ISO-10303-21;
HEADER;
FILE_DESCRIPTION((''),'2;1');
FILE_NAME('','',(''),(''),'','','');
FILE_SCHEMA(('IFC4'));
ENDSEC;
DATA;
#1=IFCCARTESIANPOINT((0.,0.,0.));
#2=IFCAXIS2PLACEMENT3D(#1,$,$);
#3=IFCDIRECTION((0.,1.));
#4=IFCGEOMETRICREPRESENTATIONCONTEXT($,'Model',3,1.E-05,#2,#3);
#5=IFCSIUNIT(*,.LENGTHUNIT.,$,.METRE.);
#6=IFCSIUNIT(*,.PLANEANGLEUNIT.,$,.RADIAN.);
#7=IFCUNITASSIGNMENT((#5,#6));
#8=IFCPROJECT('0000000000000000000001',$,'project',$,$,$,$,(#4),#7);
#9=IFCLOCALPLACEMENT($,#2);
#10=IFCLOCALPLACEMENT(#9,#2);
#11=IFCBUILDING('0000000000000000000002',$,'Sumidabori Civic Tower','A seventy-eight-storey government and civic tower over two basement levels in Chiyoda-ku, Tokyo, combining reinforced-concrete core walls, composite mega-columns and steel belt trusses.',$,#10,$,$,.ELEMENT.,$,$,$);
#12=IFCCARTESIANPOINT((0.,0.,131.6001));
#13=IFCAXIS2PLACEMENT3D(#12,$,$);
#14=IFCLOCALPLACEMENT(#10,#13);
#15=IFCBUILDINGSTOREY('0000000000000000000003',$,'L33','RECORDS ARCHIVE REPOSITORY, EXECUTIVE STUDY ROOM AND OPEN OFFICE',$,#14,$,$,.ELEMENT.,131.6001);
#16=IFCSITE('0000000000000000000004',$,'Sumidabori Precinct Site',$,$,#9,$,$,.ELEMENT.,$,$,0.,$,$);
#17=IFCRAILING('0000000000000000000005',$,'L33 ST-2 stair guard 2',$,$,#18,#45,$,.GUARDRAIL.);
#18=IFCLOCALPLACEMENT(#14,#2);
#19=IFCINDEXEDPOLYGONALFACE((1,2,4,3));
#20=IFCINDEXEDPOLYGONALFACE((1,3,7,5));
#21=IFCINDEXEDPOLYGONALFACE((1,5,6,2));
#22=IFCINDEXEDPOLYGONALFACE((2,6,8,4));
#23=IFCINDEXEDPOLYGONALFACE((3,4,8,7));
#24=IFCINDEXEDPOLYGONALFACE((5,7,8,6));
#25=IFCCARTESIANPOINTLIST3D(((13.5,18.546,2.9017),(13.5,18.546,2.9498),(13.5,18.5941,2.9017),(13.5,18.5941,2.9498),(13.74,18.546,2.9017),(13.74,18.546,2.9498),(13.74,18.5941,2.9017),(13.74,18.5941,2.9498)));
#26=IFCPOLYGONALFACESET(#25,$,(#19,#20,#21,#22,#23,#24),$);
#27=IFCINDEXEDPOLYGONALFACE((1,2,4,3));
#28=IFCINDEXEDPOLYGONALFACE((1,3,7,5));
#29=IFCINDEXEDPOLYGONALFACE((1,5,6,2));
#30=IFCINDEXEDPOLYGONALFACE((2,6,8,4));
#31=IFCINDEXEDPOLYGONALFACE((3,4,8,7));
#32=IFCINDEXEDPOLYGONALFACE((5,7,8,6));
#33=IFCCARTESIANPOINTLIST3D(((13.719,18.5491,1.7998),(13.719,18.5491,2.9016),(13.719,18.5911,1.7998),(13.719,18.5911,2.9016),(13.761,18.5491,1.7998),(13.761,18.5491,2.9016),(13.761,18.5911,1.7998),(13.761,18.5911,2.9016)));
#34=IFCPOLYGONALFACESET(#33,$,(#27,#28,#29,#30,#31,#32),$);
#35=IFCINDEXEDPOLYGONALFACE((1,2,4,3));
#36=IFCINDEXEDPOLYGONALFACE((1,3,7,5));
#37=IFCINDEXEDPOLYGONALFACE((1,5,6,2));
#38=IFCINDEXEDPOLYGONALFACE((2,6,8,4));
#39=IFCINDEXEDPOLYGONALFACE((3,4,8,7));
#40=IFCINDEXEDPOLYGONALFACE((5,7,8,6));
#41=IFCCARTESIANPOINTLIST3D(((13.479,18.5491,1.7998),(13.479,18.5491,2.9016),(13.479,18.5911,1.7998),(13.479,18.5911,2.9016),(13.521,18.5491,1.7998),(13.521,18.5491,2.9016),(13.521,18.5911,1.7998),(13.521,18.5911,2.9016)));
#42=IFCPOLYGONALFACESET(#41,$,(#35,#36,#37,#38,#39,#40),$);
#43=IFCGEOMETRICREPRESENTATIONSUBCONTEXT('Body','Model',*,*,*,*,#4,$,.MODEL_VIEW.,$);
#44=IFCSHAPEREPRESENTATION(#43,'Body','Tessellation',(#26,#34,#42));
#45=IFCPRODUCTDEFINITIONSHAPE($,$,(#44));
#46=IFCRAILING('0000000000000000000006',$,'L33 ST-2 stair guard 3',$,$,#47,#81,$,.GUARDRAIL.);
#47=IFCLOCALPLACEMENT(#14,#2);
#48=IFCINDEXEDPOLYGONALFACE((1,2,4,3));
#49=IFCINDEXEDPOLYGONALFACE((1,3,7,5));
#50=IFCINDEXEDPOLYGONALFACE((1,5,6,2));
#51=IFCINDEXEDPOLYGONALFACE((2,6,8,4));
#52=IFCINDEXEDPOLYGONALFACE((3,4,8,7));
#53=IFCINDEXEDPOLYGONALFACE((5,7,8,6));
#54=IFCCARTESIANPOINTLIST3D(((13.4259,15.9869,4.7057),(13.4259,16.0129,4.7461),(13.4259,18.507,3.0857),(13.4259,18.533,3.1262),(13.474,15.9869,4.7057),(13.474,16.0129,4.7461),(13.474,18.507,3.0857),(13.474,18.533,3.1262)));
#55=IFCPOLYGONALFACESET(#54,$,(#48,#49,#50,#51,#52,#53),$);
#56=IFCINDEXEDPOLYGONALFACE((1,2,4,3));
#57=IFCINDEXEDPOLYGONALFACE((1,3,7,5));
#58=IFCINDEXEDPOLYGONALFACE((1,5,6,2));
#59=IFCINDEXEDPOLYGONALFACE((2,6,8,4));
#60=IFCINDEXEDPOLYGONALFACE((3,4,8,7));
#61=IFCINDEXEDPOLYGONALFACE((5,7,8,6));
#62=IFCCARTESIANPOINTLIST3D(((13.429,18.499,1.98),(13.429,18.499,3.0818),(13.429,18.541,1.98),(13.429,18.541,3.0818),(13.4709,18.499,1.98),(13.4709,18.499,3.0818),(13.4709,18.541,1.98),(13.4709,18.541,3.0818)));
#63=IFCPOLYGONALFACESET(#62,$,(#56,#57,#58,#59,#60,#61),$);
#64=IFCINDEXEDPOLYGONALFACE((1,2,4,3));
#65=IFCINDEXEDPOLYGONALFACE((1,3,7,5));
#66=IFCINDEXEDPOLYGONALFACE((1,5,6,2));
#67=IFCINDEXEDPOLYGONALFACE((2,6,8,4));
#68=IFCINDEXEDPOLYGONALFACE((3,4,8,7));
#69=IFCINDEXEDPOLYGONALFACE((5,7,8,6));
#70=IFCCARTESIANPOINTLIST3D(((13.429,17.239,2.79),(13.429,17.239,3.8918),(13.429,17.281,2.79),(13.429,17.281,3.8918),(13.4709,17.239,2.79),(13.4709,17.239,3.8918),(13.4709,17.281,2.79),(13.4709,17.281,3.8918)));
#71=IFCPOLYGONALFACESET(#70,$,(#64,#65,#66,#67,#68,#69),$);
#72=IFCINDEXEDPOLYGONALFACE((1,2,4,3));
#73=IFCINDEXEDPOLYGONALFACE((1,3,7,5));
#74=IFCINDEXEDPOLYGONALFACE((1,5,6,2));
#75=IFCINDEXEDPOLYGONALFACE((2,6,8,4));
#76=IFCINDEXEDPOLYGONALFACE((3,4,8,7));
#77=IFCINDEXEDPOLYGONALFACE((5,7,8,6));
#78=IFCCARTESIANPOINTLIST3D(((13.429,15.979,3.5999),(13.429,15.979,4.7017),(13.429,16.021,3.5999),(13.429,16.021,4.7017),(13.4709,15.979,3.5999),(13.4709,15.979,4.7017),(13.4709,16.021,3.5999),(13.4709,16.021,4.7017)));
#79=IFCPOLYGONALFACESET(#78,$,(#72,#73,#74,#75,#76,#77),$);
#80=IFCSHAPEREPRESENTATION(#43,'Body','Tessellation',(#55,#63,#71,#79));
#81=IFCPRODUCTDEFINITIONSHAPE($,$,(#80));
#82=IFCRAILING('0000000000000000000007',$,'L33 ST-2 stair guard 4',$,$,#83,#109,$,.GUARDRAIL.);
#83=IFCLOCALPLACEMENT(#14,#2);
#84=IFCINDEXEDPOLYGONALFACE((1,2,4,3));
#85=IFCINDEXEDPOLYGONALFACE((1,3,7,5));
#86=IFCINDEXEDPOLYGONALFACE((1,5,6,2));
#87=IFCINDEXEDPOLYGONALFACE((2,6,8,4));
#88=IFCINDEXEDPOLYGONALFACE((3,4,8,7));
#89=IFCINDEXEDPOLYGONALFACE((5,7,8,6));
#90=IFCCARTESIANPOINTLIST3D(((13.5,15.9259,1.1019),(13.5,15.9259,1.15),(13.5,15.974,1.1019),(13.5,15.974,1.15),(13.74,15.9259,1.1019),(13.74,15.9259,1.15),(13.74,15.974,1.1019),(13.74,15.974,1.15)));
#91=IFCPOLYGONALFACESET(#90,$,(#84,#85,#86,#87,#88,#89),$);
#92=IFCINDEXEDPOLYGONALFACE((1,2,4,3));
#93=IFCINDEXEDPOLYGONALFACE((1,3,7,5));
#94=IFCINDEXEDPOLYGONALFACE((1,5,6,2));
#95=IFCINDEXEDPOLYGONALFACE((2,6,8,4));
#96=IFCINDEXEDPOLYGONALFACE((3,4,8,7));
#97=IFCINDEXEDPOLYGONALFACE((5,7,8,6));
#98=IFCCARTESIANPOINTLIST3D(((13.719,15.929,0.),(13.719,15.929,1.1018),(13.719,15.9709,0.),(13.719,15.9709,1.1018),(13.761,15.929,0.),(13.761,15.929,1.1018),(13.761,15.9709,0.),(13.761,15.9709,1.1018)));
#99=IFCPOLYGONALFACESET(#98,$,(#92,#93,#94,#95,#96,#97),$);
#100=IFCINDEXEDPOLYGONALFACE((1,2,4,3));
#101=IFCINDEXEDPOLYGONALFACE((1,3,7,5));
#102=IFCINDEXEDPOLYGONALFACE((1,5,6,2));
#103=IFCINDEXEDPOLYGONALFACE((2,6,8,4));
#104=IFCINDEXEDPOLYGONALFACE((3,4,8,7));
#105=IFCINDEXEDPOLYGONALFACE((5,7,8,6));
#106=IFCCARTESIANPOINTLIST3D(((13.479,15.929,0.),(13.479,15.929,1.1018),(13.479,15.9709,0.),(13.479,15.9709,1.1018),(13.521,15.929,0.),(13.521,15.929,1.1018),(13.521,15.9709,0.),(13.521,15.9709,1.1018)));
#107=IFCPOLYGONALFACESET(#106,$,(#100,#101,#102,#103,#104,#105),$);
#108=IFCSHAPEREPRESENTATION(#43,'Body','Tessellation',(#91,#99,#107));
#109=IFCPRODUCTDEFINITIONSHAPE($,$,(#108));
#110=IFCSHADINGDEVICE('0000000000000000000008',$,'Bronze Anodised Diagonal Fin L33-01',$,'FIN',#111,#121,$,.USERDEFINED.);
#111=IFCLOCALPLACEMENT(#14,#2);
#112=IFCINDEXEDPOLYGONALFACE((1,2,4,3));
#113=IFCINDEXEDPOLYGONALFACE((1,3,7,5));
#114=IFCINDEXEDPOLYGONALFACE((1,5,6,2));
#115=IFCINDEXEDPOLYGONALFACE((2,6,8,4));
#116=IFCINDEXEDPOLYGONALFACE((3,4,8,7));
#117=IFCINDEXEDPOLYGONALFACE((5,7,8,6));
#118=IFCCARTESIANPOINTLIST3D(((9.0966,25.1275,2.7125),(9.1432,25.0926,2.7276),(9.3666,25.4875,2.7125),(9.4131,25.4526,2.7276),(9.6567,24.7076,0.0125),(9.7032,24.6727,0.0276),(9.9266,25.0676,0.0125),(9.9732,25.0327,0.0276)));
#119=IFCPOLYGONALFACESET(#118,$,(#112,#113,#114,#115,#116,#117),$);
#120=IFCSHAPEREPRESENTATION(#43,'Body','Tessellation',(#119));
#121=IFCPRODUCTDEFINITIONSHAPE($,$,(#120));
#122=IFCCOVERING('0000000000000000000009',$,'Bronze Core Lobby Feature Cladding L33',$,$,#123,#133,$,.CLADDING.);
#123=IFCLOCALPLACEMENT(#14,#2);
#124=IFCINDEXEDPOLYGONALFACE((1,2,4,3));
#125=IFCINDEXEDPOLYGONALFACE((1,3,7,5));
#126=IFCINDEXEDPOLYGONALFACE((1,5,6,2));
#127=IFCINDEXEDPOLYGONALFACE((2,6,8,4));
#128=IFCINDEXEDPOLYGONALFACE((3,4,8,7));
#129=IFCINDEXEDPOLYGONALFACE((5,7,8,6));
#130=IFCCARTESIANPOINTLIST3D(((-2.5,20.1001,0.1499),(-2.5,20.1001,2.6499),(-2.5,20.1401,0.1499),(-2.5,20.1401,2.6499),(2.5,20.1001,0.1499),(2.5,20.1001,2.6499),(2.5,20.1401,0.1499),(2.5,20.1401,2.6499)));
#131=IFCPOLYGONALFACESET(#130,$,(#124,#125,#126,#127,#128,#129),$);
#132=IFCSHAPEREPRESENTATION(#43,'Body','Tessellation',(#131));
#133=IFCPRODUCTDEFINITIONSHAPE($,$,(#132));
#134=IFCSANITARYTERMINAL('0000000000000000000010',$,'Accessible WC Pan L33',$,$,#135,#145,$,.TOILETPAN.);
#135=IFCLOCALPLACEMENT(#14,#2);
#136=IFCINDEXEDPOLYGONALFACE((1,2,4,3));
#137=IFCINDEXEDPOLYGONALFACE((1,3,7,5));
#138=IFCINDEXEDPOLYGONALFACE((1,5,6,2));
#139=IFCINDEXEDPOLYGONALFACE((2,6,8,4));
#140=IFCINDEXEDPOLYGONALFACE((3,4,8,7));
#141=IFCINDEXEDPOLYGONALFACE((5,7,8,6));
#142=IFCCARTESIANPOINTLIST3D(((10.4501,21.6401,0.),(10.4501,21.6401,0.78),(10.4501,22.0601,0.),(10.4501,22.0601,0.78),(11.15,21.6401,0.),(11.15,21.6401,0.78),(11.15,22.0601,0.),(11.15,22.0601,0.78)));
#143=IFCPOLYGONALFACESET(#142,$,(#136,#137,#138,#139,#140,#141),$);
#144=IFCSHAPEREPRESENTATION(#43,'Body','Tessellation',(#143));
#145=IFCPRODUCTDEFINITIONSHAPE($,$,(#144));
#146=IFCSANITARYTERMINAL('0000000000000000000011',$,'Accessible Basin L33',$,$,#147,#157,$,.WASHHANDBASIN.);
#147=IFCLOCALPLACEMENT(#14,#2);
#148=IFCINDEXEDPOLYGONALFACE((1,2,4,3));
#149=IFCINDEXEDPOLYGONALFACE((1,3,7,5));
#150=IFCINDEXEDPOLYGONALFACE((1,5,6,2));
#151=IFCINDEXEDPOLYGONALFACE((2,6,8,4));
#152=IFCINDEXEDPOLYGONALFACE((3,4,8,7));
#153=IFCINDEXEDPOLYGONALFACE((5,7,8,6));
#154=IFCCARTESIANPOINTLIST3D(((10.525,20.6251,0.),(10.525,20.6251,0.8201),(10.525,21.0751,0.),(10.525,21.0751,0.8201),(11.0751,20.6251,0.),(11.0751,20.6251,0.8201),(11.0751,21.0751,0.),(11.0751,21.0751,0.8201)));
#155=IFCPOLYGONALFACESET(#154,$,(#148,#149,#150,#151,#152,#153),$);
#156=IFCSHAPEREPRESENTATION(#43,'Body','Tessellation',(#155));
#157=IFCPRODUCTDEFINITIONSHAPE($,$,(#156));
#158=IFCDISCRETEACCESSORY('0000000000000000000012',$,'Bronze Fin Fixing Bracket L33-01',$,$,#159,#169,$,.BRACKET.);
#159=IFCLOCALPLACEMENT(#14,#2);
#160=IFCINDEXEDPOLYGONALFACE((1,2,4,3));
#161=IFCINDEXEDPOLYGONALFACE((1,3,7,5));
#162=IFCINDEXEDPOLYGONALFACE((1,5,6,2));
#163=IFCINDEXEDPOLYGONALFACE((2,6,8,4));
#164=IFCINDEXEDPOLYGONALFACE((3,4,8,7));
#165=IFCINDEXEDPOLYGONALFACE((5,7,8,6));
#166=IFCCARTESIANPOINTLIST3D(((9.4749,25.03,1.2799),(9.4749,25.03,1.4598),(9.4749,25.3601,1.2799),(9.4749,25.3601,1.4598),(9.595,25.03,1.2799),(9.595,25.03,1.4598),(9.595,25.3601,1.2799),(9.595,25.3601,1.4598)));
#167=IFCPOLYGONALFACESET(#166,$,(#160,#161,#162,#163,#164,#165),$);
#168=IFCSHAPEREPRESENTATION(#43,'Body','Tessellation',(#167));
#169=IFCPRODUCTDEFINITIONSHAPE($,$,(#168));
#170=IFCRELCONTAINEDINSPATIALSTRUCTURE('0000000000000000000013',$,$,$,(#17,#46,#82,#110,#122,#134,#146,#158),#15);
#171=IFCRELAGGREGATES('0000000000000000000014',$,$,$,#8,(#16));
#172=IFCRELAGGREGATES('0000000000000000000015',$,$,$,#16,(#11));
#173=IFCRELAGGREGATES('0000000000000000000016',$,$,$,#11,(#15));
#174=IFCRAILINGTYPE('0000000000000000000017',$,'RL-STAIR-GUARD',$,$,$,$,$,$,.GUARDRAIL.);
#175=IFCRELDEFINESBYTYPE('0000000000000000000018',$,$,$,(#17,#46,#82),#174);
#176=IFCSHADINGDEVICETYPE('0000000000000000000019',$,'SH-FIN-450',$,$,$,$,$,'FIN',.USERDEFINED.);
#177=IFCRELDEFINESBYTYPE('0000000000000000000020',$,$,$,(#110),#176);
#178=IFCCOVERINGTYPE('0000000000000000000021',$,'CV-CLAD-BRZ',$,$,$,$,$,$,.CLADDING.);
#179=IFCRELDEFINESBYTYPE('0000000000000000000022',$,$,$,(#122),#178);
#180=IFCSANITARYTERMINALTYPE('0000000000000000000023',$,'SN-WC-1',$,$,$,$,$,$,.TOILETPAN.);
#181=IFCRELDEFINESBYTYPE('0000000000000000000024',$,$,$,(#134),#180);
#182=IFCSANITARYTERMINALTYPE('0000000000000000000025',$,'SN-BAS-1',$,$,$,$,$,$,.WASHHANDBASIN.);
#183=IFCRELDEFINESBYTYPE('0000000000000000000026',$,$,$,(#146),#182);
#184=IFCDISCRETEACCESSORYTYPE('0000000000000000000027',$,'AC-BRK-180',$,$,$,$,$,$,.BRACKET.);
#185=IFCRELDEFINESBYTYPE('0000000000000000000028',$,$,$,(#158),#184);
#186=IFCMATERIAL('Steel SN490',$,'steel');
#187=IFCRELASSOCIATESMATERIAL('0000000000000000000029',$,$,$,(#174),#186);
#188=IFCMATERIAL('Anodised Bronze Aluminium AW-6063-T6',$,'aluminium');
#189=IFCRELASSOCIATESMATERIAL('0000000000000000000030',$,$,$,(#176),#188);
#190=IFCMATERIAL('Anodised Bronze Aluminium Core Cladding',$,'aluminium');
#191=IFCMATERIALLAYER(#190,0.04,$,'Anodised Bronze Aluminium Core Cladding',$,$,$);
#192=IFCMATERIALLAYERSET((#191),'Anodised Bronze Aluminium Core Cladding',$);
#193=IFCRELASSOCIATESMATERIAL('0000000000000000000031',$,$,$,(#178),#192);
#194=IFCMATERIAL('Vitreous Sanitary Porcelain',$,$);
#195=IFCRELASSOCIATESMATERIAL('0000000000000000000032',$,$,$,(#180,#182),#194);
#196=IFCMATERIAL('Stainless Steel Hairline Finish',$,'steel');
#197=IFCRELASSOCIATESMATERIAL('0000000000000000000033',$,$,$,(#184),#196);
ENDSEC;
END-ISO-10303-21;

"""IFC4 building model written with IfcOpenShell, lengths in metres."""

from ifc_helpers import new_model, si_unit, direction, frame, origin, origin_2d, place, context, subcontext, project, spatial, rectangle, extrude, source, transform, mapped, material, layer, layer_set, material_profile, profile_set, type_object, element, save


model = new_model("IFC4")

# Units and contexts
model_context = context("Model", 3, precision=1e-05, world=origin(), true_north=direction((0.0, 1.0)))
body_context = subcontext(model_context, "Body", "Model", "MODEL_VIEW")
ifc_project = project(units=[si_unit("LENGTHUNIT", "METRE"), si_unit("PLANEANGLEUNIT", "RADIAN")], contexts=[model_context])

# Site, building, storey
site_placement = place(None, origin())
site = spatial("IfcSite", under=ifc_project, at=site_placement, Name="Sumidabori Precinct Site", CompositionType="ELEMENT", RefElevation=0.0)
building_placement = place(site_placement, origin())
building = spatial("IfcBuilding", under=site, at=building_placement, Name="Sumidabori Civic Tower", Description="A seventy-eight-storey government and civic tower over two basement levels in Chiyoda-ku, Tokyo, combining reinforced-concrete core walls, composite mega-columns and steel belt trusses.", CompositionType="ELEMENT")
storey_placement = place(building_placement, frame((0.0, 0.0, 131.6001)))
storey = spatial("IfcBuildingStorey", under=building, at=storey_placement, Name="L33", Description="RECORDS ARCHIVE REPOSITORY, EXECUTIVE STUDY ROOM AND OPEN OFFICE", CompositionType="ELEMENT", Elevation=131.6001)

# Shared definitions
ifc_material_1 = material(Name="Steel SN490", Category="steel")

# Shared definitions
ifc_material_2 = material(Name="Anodised Bronze Aluminium AW-6063-T6", Category="aluminium")

# Railings
ifc_material_3 = material(Name="Stainless Steel Hairline Finish", Category="steel")
railing_type_1 = type_object("IfcRailingType", Name="RL-STAIR-GUARD", PredefinedType="GUARDRAIL", material=ifc_material_1)
railing_1_placement = place(storey_placement, frame((13.74, 18.5701, 1.7998)))
element("IfcRailing", 1, at=railing_1_placement, inside=storey, type_object=railing_type_1, Name="L33 ST-2 stair guard 2", PredefinedType="GUARDRAIL", context=body_context, shape_type="SweptSolid", body=[
    extrude(rectangle(XDim=0.0481, YDim=0.0481, at=origin_2d()), frame((0.0, 0.0, 1.126), z_axis=(-1.0, 0.0, 0.0), x_axis=(0.0, -1.0, 0.0)), (0.0, 0.0, 1.0), 0.24),
    extrude(rectangle(XDim=0.042, YDim=0.042, at=origin_2d()), origin(), (0.0, 0.0, 1.0), 1.1018),
    extrude(rectangle(XDim=0.042, YDim=0.042, at=origin_2d()), frame((-0.24, 0.0, 0.0)), (0.0, 0.0, 1.0), 1.1018),
])
railing_2_placement = place(storey_placement, frame((13.45, 18.52, 1.98)))
element("IfcRailing", 2, at=railing_2_placement, inside=storey, type_object=railing_type_1, Name="L33 ST-2 stair guard 3", PredefinedType="GUARDRAIL", context=body_context, shape_type="SweptSolid", body=[
    extrude(rectangle(XDim=0.0481, YDim=0.0481, at=origin_2d()), frame((0.0, 0.0, 1.126), z_axis=(0.0, -0.8412, 0.540725), x_axis=(1.0, 0.0, 0.0)), (0.0, 0.0, 1.0), 2.9958),
    extrude(rectangle(XDim=0.042, YDim=0.042, at=origin_2d()), origin(), (0.0, 0.0, 1.0), 1.1018),
    extrude(rectangle(XDim=0.042, YDim=0.042, at=origin_2d()), frame((0.0, -1.26, 0.8101)), (0.0, 0.0, 1.0), 1.1018),
    extrude(rectangle(XDim=0.042, YDim=0.042, at=origin_2d()), frame((0.0, -2.52, 1.6199)), (0.0, 0.0, 1.0), 1.1018),
])
railing_3_placement = place(storey_placement, frame((13.74, 15.95, 0.0)))
element("IfcRailing", 3, at=railing_3_placement, inside=storey, type_object=railing_type_1, Name="L33 ST-2 stair guard 4", PredefinedType="GUARDRAIL", context=body_context, shape_type="SweptSolid", body=[
    extrude(rectangle(XDim=0.0481, YDim=0.0481, at=origin_2d()), frame((0.0, 0.0, 1.126), z_axis=(-1.0, 0.0, 0.0), x_axis=(0.0, -1.0, 0.0)), (0.0, 0.0, 1.0), 0.24),
    extrude(rectangle(XDim=0.042, YDim=0.042, at=origin_2d()), origin(), (0.0, 0.0, 1.0), 1.1018),
    extrude(rectangle(XDim=0.042, YDim=0.042, at=origin_2d()), frame((-0.24, 0.0, 0.0)), (0.0, 0.0, 1.0), 1.1018),
])

# Shading device
ifc_material_profile_1 = material_profile(ifc_material_2, rectangle(XDim=0.0601, YDim=0.45, at=origin_2d()), Name="BRONZE FIN 450x60")
ifc_profile_set_1 = profile_set([ifc_material_profile_1], Name="Anodised Bronze Aluminium AW-6063-T6")
shading_device_type = type_object("IfcShadingDeviceType", Name="SH-FIN-450", ElementType="FIN", PredefinedType="USERDEFINED", material=ifc_profile_set_1)
shared_shape_1 = source(origin(), body_context, "Body", "SweptSolid", [
    extrude(rectangle(XDim=0.0601, YDim=0.45, at=origin_2d()), origin(), (0.0, 0.0, 1.0), 2.7893),
])
shading_device_placement = place(storey_placement, frame((9.8149, 24.8701, 0.02), z_axis=(-0.200794, 0.150552, 0.967996), x_axis=(0.774478, -0.580689, 0.250966)))
element("IfcShadingDevice", 4, at=shading_device_placement, inside=storey, type_object=shading_device_type, Name="Bronze Anodised Diagonal Fin L33-01", ObjectType="FIN", PredefinedType="USERDEFINED", context=body_context, shape_type="MappedRepresentation", body=[
    mapped(shared_shape_1, transform((0.0, 0.0, 0.0), x_axis=(1.0, 0.0, 0.0), y_axis=(0.0, 1.0, 0.0), z_axis=(0.0, 0.0, 1.0), scale=1.0)),
])

# Covering
ifc_material_4 = material(Name="Anodised Bronze Aluminium Core Cladding", Category="aluminium")
ifc_layer_1 = layer(ifc_material_4, 0.04, Name="Anodised Bronze Aluminium Core Cladding")
ifc_layer_set_1 = layer_set([ifc_layer_1], Name="Anodised Bronze Aluminium Core Cladding")
covering_type = type_object("IfcCoveringType", Name="CV-CLAD-BRZ", PredefinedType="CLADDING", material=ifc_layer_set_1)
shared_shape_2 = source(origin(), body_context, "Body", "SweptSolid", [
    extrude(rectangle(XDim=5.0, YDim=0.04, at=origin_2d()), origin(), (0.0, 0.0, 1.0), 2.5),
])
covering_placement = place(storey_placement, frame((0.0, 20.1201, 0.1499), z_axis=(0.0, 0.0, 1.0), x_axis=(1.0, 0.0, 0.0)))
element("IfcCovering", 5, at=covering_placement, inside=storey, type_object=covering_type, Name="Bronze Core Lobby Feature Cladding L33", PredefinedType="CLADDING", context=body_context, shape_type="MappedRepresentation", body=[
    mapped(shared_shape_2, transform((0.0, 0.0, 0.0), x_axis=(1.0, 0.0, 0.0), y_axis=(0.0, 1.0, 0.0), z_axis=(0.0, 0.0, 1.0), scale=1.0)),
])

# Sanitary terminals
ifc_material_5 = material(Name="Vitreous Sanitary Porcelain")
sanitary_terminal_type_1 = type_object("IfcSanitaryTerminalType", Name="SN-WC-1", PredefinedType="TOILETPAN", material=ifc_material_5)
shared_shape_3 = source(origin(), body_context, "Body", "SweptSolid", [
    extrude(rectangle(XDim=0.7, YDim=0.4199, at=origin_2d()), origin(), (0.0, 0.0, 1.0), 0.78),
])
sanitary_terminal_1_placement = place(storey_placement, frame((10.8, 21.8501, 0.0), z_axis=(0.0, 0.0, 1.0), x_axis=(1.0, 0.0, 0.0)))
element("IfcSanitaryTerminal", 6, at=sanitary_terminal_1_placement, inside=storey, type_object=sanitary_terminal_type_1, Name="Accessible WC Pan L33", PredefinedType="TOILETPAN", context=body_context, shape_type="MappedRepresentation", body=[
    mapped(shared_shape_3, transform((0.0, 0.0, 0.0), x_axis=(1.0, 0.0, 0.0), y_axis=(0.0, 1.0, 0.0), z_axis=(0.0, 0.0, 1.0), scale=1.0)),
])
sanitary_terminal_type_2 = type_object("IfcSanitaryTerminalType", Name="SN-BAS-1", PredefinedType="WASHHANDBASIN", material=ifc_material_5)
shared_shape_4 = source(origin(), body_context, "Body", "SweptSolid", [
    extrude(rectangle(XDim=0.55, YDim=0.45, at=origin_2d()), origin(), (0.0, 0.0, 1.0), 0.8201),
])
sanitary_terminal_2_placement = place(storey_placement, frame((10.8, 20.8501, 0.0), z_axis=(0.0, 0.0, 1.0), x_axis=(1.0, 0.0, 0.0)))
element("IfcSanitaryTerminal", 7, at=sanitary_terminal_2_placement, inside=storey, type_object=sanitary_terminal_type_2, Name="Accessible Basin L33", PredefinedType="WASHHANDBASIN", context=body_context, shape_type="MappedRepresentation", body=[
    mapped(shared_shape_4, transform((0.0, 0.0, 0.0), x_axis=(1.0, 0.0, 0.0), y_axis=(0.0, 1.0, 0.0), z_axis=(0.0, 0.0, 1.0), scale=1.0)),
])

# Discrete accessory
ifc_material_profile_2 = material_profile(ifc_material_3, rectangle(XDim=0.1201, YDim=0.1799, at=origin_2d()), Name="STEEL BRACKET 180x120")
ifc_profile_set_2 = profile_set([ifc_material_profile_2], Name="Stainless Steel Hairline Finish")
discrete_accessory_type = type_object("IfcDiscreteAccessoryType", Name="AC-BRK-180", PredefinedType="BRACKET", material=ifc_profile_set_2)
shared_shape_5 = source(origin(), body_context, "Body", "SweptSolid", [
    extrude(rectangle(XDim=0.1201, YDim=0.1799, at=origin_2d()), origin(), (0.0, 0.0, 1.0), 0.3301),
])
discrete_accessory_placement = place(storey_placement, frame((9.5349, 25.03, 1.3699), z_axis=(0.0, 1.0, 0.0), x_axis=(-1.0, 0.0, 0.0)))
element("IfcDiscreteAccessory", 8, at=discrete_accessory_placement, inside=storey, type_object=discrete_accessory_type, Name="Bronze Fin Fixing Bracket L33-01", PredefinedType="BRACKET", context=body_context, shape_type="MappedRepresentation", body=[
    mapped(shared_shape_5, transform((0.0, 0.0, 0.0), x_axis=(1.0, 0.0, 0.0), y_axis=(0.0, 1.0, 0.0), z_axis=(0.0, 0.0, 1.0), scale=1.0)),
])

save(model, "model.ifc")
